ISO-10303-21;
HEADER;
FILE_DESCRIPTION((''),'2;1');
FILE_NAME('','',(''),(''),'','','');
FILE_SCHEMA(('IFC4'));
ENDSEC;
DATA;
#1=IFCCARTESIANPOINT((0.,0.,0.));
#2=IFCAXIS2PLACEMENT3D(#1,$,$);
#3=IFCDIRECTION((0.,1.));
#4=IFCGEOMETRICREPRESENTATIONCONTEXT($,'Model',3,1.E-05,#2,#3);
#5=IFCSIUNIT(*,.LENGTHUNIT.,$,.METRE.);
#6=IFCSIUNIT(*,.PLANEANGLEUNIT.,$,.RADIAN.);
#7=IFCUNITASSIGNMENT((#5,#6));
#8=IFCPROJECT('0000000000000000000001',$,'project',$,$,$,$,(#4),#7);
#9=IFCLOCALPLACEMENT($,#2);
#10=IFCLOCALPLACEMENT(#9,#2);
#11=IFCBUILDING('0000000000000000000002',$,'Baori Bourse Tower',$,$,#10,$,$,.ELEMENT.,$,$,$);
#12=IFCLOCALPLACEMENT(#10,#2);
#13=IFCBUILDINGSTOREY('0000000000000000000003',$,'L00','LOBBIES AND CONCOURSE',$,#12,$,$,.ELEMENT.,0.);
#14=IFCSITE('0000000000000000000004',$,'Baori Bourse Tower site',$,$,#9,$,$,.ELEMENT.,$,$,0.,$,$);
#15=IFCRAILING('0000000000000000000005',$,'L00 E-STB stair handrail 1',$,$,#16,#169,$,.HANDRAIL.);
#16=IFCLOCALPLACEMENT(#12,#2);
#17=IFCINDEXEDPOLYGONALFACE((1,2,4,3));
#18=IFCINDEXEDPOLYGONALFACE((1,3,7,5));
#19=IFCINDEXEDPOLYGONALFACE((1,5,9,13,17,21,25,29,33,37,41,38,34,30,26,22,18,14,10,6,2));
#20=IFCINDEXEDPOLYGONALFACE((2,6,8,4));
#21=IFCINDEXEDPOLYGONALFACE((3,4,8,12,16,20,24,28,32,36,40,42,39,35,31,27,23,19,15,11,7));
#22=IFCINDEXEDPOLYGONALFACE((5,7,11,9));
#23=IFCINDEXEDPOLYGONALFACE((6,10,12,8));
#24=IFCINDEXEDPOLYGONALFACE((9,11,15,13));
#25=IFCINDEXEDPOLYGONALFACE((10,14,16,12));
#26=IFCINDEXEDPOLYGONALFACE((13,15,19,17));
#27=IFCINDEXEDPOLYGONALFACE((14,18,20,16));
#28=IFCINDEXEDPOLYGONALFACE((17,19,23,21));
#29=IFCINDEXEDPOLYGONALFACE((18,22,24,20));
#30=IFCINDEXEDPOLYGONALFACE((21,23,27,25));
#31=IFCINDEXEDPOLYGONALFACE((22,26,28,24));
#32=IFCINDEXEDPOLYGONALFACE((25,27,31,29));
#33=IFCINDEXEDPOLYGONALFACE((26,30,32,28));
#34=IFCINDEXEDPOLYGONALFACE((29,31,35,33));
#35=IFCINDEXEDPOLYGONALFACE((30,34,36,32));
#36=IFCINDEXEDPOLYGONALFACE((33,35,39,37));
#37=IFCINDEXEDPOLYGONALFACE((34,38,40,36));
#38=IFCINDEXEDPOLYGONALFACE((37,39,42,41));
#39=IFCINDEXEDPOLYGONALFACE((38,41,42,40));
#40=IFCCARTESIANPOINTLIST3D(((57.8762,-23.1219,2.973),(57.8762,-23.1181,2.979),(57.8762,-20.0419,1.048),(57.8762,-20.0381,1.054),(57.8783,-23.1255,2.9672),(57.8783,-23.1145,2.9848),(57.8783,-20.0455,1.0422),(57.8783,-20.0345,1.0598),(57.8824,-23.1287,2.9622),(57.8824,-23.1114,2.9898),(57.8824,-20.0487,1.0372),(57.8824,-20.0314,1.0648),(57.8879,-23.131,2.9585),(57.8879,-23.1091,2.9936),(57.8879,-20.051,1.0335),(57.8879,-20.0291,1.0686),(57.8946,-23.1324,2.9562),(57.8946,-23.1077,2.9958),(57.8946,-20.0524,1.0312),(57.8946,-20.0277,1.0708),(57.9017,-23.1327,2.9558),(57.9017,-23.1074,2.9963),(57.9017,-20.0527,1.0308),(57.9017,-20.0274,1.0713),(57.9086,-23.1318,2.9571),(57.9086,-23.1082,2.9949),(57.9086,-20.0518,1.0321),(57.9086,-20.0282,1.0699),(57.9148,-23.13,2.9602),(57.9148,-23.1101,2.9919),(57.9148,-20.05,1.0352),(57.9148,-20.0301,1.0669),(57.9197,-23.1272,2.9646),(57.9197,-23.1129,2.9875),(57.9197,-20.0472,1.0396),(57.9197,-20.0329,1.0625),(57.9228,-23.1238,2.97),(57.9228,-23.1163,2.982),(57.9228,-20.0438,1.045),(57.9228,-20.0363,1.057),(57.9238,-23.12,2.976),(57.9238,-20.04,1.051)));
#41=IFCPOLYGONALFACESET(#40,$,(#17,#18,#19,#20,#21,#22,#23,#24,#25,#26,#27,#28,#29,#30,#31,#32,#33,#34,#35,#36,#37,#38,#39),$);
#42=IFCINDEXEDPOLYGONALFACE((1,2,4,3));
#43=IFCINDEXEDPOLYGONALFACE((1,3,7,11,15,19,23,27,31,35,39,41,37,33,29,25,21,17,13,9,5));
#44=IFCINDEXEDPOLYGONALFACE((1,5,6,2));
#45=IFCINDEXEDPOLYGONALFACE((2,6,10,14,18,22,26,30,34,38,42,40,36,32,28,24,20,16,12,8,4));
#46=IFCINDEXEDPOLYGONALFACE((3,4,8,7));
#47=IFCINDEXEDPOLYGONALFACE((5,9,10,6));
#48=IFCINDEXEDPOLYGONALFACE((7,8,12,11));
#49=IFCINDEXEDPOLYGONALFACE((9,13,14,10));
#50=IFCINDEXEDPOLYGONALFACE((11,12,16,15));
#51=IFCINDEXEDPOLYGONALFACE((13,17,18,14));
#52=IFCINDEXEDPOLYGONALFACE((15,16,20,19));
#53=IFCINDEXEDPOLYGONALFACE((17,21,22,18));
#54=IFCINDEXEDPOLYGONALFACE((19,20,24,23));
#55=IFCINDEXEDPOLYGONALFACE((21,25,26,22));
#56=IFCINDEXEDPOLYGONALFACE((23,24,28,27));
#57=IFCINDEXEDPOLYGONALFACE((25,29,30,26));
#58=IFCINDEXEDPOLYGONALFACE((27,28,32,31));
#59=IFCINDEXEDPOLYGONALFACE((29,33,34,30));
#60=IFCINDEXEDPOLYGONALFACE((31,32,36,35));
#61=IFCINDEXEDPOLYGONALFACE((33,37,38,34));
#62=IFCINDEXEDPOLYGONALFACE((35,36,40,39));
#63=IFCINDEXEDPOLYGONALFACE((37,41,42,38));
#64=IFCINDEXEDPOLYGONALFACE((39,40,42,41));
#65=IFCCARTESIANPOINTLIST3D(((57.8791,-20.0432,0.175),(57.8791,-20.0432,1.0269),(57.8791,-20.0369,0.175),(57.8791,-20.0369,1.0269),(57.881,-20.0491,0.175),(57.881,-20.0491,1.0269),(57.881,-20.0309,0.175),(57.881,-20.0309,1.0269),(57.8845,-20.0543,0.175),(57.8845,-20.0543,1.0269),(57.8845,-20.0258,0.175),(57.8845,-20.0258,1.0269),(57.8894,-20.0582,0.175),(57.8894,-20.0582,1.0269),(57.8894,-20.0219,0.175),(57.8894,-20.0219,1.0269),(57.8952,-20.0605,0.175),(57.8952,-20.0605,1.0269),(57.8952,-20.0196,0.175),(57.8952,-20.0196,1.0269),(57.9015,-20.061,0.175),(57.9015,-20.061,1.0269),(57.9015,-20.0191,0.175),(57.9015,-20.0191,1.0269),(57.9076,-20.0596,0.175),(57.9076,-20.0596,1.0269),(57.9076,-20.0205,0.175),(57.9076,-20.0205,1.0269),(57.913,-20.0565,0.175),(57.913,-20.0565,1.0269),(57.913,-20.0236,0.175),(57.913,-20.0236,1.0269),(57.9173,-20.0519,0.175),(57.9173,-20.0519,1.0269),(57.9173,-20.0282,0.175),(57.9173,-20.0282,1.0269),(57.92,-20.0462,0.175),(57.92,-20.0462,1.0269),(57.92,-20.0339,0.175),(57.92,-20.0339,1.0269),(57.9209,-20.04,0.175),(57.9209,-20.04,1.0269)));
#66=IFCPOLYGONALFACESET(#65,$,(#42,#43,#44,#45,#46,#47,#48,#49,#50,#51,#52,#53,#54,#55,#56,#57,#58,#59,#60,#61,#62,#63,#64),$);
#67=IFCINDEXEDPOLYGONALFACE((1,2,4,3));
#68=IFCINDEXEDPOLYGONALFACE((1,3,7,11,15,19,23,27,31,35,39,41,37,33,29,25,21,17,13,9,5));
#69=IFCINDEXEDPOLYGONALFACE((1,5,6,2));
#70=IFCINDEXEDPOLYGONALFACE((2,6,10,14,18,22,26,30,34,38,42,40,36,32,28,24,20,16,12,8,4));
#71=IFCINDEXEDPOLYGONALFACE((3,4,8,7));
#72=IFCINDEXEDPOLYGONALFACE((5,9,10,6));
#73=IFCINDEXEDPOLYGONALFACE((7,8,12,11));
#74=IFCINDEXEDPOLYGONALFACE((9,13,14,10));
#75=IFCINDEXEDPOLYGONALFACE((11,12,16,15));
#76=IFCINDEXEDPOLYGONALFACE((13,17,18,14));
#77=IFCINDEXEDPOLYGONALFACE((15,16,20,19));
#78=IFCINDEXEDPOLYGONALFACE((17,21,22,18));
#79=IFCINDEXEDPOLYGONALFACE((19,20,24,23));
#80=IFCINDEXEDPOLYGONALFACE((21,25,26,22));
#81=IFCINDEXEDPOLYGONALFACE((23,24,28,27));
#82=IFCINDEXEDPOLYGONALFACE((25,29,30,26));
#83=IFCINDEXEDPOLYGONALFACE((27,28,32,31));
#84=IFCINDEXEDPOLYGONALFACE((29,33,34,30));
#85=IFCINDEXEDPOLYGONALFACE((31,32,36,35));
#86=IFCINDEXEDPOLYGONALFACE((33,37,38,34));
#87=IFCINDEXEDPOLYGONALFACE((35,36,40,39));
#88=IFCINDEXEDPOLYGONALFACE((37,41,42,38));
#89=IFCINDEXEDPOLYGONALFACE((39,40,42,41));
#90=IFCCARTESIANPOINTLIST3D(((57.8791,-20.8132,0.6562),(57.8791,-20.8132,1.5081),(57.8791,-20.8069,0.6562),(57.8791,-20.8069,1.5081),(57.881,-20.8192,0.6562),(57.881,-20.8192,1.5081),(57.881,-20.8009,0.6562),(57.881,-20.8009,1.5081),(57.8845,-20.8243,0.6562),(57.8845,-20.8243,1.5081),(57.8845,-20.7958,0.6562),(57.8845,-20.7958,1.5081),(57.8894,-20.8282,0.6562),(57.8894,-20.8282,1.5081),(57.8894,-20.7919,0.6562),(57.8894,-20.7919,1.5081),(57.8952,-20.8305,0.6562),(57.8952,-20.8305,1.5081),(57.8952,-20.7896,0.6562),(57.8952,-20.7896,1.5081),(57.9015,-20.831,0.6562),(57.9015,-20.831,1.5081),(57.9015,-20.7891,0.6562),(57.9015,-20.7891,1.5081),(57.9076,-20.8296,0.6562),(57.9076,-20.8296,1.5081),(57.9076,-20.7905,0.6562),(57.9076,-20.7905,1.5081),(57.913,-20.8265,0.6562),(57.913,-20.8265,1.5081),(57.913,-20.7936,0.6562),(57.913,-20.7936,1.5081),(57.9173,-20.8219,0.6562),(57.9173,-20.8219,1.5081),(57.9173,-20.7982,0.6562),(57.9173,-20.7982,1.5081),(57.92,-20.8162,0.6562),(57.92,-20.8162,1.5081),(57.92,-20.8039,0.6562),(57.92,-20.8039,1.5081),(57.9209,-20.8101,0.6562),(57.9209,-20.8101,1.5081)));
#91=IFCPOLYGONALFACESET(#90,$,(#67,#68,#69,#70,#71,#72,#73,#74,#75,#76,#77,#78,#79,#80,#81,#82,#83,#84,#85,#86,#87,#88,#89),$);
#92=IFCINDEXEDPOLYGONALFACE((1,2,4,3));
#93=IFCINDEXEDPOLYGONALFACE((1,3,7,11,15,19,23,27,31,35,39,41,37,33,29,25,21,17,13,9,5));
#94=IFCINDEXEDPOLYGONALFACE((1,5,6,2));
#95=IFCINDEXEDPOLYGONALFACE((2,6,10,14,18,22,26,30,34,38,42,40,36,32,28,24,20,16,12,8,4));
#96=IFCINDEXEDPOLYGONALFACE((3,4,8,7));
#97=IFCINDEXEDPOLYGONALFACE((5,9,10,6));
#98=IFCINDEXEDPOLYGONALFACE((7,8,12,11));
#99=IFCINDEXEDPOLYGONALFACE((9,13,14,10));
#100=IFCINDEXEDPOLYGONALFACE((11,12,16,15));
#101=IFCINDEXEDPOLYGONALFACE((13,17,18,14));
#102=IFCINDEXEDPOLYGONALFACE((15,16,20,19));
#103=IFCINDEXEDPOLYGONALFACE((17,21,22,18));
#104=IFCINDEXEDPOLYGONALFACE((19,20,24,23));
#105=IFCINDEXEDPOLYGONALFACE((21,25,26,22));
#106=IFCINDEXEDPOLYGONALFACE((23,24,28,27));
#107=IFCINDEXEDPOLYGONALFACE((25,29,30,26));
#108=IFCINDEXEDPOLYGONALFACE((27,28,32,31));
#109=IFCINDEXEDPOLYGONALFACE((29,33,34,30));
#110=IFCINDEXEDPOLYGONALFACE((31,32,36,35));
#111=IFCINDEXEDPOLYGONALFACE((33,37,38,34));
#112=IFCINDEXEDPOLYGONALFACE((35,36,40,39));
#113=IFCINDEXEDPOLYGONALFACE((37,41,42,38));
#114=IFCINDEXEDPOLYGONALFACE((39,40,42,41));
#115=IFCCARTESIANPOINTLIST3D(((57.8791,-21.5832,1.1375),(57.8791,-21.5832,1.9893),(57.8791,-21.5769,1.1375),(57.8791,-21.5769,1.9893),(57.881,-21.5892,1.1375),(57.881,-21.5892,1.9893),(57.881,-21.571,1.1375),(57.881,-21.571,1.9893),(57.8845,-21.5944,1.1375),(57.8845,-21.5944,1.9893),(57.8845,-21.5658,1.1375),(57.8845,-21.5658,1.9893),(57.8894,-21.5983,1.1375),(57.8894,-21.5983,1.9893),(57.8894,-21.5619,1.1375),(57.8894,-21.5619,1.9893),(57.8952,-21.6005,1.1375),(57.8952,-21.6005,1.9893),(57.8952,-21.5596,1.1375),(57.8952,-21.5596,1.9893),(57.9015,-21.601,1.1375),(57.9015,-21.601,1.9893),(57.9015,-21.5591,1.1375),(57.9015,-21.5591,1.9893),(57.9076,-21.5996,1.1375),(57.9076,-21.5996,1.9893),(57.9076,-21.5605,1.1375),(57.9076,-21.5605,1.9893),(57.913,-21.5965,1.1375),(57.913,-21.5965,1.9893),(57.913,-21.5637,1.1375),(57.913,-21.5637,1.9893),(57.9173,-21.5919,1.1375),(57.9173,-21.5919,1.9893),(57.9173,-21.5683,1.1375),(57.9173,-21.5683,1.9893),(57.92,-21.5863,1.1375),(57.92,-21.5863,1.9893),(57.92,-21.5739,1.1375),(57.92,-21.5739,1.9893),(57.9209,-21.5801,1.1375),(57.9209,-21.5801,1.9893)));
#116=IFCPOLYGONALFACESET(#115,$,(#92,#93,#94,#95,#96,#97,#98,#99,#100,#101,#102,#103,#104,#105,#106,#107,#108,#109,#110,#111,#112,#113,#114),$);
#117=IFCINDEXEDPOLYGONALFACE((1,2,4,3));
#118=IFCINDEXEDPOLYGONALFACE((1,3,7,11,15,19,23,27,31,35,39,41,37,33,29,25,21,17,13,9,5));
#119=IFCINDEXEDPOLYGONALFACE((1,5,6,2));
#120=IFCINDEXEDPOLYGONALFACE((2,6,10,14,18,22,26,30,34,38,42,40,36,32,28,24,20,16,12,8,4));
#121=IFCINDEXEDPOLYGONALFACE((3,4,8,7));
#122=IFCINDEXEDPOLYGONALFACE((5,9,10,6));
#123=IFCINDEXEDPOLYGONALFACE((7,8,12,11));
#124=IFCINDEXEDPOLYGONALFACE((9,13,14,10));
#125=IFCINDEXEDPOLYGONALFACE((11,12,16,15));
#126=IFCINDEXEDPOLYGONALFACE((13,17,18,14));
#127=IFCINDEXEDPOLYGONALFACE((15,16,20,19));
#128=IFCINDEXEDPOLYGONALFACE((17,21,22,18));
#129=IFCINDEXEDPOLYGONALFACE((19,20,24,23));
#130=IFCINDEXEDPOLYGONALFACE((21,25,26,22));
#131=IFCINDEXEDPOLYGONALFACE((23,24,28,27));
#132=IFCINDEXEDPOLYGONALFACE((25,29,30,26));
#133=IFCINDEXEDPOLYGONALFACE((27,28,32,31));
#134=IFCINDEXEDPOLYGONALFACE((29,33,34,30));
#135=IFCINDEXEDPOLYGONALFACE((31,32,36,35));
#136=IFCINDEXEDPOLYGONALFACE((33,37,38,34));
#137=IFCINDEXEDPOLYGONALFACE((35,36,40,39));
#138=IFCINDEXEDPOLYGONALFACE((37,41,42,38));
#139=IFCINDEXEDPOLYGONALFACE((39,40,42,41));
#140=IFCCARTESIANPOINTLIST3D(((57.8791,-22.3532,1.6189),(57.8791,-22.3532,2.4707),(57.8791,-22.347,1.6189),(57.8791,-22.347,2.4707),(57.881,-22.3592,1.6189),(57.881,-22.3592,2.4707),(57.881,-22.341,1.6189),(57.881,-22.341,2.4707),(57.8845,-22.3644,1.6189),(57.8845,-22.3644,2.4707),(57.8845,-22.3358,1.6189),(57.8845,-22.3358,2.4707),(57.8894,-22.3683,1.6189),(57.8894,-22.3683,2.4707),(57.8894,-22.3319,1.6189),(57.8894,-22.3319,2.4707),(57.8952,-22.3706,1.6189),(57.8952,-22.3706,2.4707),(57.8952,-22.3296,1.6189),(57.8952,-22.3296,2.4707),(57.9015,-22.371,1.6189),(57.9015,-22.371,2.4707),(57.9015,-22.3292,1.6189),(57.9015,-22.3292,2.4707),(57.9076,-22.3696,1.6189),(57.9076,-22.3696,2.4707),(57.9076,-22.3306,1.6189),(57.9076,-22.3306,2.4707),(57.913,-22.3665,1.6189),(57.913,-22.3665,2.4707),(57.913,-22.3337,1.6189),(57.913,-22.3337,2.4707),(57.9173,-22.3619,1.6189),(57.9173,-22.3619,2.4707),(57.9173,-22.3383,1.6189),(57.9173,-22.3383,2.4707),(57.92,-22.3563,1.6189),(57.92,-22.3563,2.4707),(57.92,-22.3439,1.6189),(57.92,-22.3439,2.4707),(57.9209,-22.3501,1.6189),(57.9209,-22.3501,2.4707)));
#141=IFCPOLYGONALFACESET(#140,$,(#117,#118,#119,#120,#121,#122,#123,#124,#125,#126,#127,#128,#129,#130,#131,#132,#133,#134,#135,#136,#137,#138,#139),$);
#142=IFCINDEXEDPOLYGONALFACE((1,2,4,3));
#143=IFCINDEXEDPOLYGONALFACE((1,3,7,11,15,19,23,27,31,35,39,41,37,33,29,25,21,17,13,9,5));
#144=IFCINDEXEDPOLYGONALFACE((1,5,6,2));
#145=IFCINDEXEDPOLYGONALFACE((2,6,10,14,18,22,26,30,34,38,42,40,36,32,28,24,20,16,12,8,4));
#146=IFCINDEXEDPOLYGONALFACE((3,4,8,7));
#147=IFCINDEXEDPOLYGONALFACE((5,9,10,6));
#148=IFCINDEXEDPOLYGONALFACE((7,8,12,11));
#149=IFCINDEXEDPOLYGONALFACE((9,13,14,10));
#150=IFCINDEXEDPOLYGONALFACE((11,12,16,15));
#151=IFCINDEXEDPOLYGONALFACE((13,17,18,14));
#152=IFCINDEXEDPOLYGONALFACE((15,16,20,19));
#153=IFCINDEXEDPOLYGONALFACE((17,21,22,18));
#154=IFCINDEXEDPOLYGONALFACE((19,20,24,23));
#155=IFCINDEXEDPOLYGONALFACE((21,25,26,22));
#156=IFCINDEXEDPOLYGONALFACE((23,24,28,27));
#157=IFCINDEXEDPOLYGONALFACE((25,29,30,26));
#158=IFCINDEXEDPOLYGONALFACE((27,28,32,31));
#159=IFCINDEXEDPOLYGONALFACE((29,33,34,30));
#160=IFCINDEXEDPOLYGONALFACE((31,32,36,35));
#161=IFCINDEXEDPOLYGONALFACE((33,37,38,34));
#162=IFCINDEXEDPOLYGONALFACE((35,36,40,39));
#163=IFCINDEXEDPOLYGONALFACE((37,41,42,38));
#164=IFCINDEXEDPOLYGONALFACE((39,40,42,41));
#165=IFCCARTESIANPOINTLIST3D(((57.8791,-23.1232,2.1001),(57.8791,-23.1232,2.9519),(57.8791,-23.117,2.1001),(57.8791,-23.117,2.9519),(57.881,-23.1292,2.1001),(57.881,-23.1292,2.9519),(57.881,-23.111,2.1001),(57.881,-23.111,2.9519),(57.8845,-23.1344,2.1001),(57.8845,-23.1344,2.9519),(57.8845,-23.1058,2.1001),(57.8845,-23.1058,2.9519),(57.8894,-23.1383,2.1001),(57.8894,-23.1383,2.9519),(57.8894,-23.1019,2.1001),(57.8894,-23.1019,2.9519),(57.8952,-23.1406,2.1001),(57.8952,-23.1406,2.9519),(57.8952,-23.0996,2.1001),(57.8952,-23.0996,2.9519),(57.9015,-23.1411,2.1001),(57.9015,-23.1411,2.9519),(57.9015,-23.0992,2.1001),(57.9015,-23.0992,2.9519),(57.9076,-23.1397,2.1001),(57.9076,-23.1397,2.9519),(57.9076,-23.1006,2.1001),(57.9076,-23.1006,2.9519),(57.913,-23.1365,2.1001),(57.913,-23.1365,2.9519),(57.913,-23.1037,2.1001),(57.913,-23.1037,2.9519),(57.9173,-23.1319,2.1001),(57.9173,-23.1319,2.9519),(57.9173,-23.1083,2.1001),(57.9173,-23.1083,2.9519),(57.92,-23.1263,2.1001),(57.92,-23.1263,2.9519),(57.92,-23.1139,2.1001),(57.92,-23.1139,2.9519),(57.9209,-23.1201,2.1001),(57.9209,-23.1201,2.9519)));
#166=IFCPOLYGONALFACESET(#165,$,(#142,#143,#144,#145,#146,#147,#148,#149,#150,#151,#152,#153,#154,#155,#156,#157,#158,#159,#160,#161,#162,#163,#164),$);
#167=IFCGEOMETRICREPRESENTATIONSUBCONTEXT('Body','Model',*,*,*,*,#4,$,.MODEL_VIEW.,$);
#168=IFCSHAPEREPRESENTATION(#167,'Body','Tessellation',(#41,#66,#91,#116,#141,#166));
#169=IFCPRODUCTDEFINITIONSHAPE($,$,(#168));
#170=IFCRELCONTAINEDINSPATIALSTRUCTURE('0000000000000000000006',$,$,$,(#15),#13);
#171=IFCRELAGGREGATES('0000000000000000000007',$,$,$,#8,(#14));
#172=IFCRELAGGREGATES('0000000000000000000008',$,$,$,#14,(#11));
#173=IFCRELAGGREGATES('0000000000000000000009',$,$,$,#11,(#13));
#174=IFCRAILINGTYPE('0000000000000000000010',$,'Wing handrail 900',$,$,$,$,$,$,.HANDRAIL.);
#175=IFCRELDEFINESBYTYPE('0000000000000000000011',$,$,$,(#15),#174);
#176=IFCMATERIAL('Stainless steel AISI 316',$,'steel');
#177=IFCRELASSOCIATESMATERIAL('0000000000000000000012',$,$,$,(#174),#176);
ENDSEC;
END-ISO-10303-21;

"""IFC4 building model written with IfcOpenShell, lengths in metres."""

from ifc_helpers import new_model, si_unit, direction, frame, origin, origin_2d, place, context, subcontext, project, spatial, circle, extrude, material, type_object, element, save


model = new_model("IFC4")

# Units and contexts
model_context = context("Model", 3, precision=1e-05, world=origin(), true_north=direction((0.0, 1.0)))
body_context = subcontext(model_context, "Body", "Model", "MODEL_VIEW")
ifc_project = project(units=[si_unit("LENGTHUNIT", "METRE"), si_unit("PLANEANGLEUNIT", "RADIAN")], contexts=[model_context])

# Site, building, storey
site_placement = place(None, origin())
site = spatial("IfcSite", under=ifc_project, at=site_placement, Name="Baori Bourse Tower site", CompositionType="ELEMENT", RefElevation=0.0)
building_placement = place(site_placement, origin())
building = spatial("IfcBuilding", under=site, at=building_placement, Name="Baori Bourse Tower", CompositionType="ELEMENT")
storey_placement = place(building_placement, origin())
storey = spatial("IfcBuildingStorey", under=building, at=storey_placement, Name="L00", Description="LOBBIES AND CONCOURSE", CompositionType="ELEMENT", Elevation=0.0)

# Railing
ifc_material_1 = material(Name="Stainless steel AISI 316", Category="steel")
railing_type_1 = type_object("IfcRailingType", Name="Wing handrail 900", PredefinedType="HANDRAIL", material=ifc_material_1)
railing_1_placement = place(storey_placement, frame((57.8999, -20.04, 0.175)))
element("IfcRailing", 1, at=railing_1_placement, inside=storey, type_object=railing_type_1, Name="L00 E-STB stair handrail 1", PredefinedType="HANDRAIL", context=body_context, shape_type="SweptSolid", body=[
    extrude(circle(Radius=0.0239, at=origin_2d()), frame((0.0, 0.0, 0.876), z_axis=(0.0, -0.847998, 0.529999), x_axis=(1.0, 0.0, 0.0)), (0.0, 0.0, 1.0), 3.6321),
    extrude(circle(Radius=0.021, at=origin_2d()), origin(), (0.0, 0.0, 1.0), 0.8518),
    extrude(circle(Radius=0.021, at=origin_2d()), frame((0.0, -0.77, 0.4812)), (0.0, 0.0, 1.0), 0.8518),
    extrude(circle(Radius=0.021, at=origin_2d()), frame((0.0, -1.54, 0.9624)), (0.0, 0.0, 1.0), 0.8518),
    extrude(circle(Radius=0.021, at=origin_2d()), frame((0.0, -2.3101, 1.4438)), (0.0, 0.0, 1.0), 0.8518),
    extrude(circle(Radius=0.021, at=origin_2d()), frame((0.0, -3.0801, 1.925)), (0.0, 0.0, 1.0), 0.8518),
])

save(model, "model.ifc")
